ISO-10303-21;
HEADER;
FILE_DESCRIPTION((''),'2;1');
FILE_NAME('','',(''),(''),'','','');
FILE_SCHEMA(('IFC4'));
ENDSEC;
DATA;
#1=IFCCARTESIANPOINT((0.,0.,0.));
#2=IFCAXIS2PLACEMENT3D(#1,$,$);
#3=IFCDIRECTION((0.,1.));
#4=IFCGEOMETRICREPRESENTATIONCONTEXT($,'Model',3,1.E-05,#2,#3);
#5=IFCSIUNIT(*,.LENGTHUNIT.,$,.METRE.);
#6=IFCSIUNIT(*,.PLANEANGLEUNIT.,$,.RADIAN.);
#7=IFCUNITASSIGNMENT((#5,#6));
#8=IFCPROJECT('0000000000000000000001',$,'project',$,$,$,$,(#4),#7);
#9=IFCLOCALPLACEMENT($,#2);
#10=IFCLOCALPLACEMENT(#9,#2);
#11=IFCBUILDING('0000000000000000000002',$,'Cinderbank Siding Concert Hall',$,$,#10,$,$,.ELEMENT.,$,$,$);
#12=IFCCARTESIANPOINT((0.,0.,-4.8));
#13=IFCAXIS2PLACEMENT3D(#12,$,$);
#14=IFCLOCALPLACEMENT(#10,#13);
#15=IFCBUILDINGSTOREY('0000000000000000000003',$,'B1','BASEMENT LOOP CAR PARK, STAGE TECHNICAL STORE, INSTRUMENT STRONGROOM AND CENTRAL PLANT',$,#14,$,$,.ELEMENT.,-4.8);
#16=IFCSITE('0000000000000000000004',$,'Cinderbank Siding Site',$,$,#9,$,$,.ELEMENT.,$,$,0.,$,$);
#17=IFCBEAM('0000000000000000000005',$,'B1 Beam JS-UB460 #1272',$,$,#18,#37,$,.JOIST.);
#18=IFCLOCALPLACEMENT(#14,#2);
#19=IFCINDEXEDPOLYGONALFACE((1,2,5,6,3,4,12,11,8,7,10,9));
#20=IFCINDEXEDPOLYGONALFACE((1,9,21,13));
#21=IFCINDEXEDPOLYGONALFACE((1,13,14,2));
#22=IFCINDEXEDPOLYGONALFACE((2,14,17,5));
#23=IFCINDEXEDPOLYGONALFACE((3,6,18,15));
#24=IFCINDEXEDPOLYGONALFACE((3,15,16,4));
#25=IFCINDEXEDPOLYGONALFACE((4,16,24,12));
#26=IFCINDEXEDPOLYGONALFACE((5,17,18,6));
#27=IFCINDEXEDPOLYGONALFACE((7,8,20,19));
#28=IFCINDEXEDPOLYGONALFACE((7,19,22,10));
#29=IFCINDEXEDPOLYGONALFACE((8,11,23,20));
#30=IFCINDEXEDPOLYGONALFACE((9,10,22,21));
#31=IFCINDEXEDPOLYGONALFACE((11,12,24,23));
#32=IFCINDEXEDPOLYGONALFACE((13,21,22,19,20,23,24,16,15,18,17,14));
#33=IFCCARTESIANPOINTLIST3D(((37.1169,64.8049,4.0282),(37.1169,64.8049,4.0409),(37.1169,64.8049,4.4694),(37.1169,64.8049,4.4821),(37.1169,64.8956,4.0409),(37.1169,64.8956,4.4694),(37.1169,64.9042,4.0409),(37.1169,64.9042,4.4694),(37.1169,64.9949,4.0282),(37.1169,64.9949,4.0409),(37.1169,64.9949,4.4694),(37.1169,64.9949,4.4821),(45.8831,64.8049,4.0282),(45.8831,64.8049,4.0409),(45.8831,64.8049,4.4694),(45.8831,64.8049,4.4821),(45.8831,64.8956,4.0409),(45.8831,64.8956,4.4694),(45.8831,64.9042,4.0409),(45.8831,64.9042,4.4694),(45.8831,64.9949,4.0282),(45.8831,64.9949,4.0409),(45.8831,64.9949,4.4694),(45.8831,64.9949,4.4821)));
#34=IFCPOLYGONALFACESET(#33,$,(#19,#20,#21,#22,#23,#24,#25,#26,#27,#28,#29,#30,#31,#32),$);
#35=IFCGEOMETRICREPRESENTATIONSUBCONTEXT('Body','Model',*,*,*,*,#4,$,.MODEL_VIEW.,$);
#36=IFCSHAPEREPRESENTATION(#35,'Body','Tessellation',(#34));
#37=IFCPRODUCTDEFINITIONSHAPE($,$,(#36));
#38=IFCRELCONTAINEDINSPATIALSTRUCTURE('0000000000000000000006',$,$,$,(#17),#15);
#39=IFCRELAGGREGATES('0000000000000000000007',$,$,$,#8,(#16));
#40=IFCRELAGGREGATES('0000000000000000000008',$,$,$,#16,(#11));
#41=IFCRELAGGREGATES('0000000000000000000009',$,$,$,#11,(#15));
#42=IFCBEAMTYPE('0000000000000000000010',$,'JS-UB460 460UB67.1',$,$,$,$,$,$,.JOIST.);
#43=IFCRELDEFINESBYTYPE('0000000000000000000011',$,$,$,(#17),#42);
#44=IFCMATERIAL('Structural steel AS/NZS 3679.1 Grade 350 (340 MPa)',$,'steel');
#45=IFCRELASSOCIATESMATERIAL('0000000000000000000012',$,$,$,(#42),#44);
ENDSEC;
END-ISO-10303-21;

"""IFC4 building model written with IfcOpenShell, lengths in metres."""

from ifc_helpers import new_model, si_unit, direction, frame, origin, origin_2d, place, context, subcontext, project, spatial, i_section, extrude, material, material_profile, profile_set, type_object, element, save


model = new_model("IFC4")

# Units and contexts
model_context = context("Model", 3, precision=1e-05, world=origin(), true_north=direction((0.0, 1.0)))
body_context = subcontext(model_context, "Body", "Model", "MODEL_VIEW")
ifc_project = project(units=[si_unit("LENGTHUNIT", "METRE"), si_unit("PLANEANGLEUNIT", "RADIAN")], contexts=[model_context])

# Site, building, storey
site_placement = place(None, origin())
site = spatial("IfcSite", under=ifc_project, at=site_placement, Name="Cinderbank Siding Site", CompositionType="ELEMENT", RefElevation=0.0)
building_placement = place(site_placement, origin())
building = spatial("IfcBuilding", under=site, at=building_placement, Name="Cinderbank Siding Concert Hall", CompositionType="ELEMENT")
storey_placement = place(building_placement, frame((0.0, 0.0, -4.8)))
storey = spatial("IfcBuildingStorey", under=building, at=storey_placement, Name="B1", Description="BASEMENT LOOP CAR PARK, STAGE TECHNICAL STORE, INSTRUMENT STRONGROOM AND CENTRAL PLANT", CompositionType="ELEMENT", Elevation=-4.8)

# Beam
ifc_material_1 = material(Name="Structural steel AS/NZS 3679.1 Grade 350 (340 MPa)", Category="steel")
ifc_material_profile_1 = material_profile(ifc_material_1, i_section(OverallWidth=0.1899, OverallDepth=0.4539, WebThickness=0.0085, FlangeThickness=0.0127, at=origin_2d()), Name="460UB67.1", Category="LoadBearing")
ifc_profile_set_1 = profile_set([ifc_material_profile_1], Name="Structural steel AS/NZS 3679.1 Grade 350 (340 MPa)")
beam_type_1 = type_object("IfcBeamType", Name="JS-UB460 460UB67.1", PredefinedType="JOIST", material=ifc_profile_set_1)
beam_1_placement = place(storey_placement, frame((37.1169, 64.8999, 4.2551), z_axis=(1.0, 0.0, 0.0), x_axis=(0.0, 1.0, 0.0)))
element("IfcBeam", 1, at=beam_1_placement, inside=storey, type_object=beam_type_1, Name="B1 Beam JS-UB460 #1272", PredefinedType="JOIST", context=body_context, shape_type="SweptSolid", body=[
    extrude(i_section(OverallWidth=0.1899, OverallDepth=0.4539, WebThickness=0.0085, FlangeThickness=0.0127, at=origin_2d()), origin(), (0.0, 0.0, 1.0), 8.7661),
])

save(model, "model.ifc")
